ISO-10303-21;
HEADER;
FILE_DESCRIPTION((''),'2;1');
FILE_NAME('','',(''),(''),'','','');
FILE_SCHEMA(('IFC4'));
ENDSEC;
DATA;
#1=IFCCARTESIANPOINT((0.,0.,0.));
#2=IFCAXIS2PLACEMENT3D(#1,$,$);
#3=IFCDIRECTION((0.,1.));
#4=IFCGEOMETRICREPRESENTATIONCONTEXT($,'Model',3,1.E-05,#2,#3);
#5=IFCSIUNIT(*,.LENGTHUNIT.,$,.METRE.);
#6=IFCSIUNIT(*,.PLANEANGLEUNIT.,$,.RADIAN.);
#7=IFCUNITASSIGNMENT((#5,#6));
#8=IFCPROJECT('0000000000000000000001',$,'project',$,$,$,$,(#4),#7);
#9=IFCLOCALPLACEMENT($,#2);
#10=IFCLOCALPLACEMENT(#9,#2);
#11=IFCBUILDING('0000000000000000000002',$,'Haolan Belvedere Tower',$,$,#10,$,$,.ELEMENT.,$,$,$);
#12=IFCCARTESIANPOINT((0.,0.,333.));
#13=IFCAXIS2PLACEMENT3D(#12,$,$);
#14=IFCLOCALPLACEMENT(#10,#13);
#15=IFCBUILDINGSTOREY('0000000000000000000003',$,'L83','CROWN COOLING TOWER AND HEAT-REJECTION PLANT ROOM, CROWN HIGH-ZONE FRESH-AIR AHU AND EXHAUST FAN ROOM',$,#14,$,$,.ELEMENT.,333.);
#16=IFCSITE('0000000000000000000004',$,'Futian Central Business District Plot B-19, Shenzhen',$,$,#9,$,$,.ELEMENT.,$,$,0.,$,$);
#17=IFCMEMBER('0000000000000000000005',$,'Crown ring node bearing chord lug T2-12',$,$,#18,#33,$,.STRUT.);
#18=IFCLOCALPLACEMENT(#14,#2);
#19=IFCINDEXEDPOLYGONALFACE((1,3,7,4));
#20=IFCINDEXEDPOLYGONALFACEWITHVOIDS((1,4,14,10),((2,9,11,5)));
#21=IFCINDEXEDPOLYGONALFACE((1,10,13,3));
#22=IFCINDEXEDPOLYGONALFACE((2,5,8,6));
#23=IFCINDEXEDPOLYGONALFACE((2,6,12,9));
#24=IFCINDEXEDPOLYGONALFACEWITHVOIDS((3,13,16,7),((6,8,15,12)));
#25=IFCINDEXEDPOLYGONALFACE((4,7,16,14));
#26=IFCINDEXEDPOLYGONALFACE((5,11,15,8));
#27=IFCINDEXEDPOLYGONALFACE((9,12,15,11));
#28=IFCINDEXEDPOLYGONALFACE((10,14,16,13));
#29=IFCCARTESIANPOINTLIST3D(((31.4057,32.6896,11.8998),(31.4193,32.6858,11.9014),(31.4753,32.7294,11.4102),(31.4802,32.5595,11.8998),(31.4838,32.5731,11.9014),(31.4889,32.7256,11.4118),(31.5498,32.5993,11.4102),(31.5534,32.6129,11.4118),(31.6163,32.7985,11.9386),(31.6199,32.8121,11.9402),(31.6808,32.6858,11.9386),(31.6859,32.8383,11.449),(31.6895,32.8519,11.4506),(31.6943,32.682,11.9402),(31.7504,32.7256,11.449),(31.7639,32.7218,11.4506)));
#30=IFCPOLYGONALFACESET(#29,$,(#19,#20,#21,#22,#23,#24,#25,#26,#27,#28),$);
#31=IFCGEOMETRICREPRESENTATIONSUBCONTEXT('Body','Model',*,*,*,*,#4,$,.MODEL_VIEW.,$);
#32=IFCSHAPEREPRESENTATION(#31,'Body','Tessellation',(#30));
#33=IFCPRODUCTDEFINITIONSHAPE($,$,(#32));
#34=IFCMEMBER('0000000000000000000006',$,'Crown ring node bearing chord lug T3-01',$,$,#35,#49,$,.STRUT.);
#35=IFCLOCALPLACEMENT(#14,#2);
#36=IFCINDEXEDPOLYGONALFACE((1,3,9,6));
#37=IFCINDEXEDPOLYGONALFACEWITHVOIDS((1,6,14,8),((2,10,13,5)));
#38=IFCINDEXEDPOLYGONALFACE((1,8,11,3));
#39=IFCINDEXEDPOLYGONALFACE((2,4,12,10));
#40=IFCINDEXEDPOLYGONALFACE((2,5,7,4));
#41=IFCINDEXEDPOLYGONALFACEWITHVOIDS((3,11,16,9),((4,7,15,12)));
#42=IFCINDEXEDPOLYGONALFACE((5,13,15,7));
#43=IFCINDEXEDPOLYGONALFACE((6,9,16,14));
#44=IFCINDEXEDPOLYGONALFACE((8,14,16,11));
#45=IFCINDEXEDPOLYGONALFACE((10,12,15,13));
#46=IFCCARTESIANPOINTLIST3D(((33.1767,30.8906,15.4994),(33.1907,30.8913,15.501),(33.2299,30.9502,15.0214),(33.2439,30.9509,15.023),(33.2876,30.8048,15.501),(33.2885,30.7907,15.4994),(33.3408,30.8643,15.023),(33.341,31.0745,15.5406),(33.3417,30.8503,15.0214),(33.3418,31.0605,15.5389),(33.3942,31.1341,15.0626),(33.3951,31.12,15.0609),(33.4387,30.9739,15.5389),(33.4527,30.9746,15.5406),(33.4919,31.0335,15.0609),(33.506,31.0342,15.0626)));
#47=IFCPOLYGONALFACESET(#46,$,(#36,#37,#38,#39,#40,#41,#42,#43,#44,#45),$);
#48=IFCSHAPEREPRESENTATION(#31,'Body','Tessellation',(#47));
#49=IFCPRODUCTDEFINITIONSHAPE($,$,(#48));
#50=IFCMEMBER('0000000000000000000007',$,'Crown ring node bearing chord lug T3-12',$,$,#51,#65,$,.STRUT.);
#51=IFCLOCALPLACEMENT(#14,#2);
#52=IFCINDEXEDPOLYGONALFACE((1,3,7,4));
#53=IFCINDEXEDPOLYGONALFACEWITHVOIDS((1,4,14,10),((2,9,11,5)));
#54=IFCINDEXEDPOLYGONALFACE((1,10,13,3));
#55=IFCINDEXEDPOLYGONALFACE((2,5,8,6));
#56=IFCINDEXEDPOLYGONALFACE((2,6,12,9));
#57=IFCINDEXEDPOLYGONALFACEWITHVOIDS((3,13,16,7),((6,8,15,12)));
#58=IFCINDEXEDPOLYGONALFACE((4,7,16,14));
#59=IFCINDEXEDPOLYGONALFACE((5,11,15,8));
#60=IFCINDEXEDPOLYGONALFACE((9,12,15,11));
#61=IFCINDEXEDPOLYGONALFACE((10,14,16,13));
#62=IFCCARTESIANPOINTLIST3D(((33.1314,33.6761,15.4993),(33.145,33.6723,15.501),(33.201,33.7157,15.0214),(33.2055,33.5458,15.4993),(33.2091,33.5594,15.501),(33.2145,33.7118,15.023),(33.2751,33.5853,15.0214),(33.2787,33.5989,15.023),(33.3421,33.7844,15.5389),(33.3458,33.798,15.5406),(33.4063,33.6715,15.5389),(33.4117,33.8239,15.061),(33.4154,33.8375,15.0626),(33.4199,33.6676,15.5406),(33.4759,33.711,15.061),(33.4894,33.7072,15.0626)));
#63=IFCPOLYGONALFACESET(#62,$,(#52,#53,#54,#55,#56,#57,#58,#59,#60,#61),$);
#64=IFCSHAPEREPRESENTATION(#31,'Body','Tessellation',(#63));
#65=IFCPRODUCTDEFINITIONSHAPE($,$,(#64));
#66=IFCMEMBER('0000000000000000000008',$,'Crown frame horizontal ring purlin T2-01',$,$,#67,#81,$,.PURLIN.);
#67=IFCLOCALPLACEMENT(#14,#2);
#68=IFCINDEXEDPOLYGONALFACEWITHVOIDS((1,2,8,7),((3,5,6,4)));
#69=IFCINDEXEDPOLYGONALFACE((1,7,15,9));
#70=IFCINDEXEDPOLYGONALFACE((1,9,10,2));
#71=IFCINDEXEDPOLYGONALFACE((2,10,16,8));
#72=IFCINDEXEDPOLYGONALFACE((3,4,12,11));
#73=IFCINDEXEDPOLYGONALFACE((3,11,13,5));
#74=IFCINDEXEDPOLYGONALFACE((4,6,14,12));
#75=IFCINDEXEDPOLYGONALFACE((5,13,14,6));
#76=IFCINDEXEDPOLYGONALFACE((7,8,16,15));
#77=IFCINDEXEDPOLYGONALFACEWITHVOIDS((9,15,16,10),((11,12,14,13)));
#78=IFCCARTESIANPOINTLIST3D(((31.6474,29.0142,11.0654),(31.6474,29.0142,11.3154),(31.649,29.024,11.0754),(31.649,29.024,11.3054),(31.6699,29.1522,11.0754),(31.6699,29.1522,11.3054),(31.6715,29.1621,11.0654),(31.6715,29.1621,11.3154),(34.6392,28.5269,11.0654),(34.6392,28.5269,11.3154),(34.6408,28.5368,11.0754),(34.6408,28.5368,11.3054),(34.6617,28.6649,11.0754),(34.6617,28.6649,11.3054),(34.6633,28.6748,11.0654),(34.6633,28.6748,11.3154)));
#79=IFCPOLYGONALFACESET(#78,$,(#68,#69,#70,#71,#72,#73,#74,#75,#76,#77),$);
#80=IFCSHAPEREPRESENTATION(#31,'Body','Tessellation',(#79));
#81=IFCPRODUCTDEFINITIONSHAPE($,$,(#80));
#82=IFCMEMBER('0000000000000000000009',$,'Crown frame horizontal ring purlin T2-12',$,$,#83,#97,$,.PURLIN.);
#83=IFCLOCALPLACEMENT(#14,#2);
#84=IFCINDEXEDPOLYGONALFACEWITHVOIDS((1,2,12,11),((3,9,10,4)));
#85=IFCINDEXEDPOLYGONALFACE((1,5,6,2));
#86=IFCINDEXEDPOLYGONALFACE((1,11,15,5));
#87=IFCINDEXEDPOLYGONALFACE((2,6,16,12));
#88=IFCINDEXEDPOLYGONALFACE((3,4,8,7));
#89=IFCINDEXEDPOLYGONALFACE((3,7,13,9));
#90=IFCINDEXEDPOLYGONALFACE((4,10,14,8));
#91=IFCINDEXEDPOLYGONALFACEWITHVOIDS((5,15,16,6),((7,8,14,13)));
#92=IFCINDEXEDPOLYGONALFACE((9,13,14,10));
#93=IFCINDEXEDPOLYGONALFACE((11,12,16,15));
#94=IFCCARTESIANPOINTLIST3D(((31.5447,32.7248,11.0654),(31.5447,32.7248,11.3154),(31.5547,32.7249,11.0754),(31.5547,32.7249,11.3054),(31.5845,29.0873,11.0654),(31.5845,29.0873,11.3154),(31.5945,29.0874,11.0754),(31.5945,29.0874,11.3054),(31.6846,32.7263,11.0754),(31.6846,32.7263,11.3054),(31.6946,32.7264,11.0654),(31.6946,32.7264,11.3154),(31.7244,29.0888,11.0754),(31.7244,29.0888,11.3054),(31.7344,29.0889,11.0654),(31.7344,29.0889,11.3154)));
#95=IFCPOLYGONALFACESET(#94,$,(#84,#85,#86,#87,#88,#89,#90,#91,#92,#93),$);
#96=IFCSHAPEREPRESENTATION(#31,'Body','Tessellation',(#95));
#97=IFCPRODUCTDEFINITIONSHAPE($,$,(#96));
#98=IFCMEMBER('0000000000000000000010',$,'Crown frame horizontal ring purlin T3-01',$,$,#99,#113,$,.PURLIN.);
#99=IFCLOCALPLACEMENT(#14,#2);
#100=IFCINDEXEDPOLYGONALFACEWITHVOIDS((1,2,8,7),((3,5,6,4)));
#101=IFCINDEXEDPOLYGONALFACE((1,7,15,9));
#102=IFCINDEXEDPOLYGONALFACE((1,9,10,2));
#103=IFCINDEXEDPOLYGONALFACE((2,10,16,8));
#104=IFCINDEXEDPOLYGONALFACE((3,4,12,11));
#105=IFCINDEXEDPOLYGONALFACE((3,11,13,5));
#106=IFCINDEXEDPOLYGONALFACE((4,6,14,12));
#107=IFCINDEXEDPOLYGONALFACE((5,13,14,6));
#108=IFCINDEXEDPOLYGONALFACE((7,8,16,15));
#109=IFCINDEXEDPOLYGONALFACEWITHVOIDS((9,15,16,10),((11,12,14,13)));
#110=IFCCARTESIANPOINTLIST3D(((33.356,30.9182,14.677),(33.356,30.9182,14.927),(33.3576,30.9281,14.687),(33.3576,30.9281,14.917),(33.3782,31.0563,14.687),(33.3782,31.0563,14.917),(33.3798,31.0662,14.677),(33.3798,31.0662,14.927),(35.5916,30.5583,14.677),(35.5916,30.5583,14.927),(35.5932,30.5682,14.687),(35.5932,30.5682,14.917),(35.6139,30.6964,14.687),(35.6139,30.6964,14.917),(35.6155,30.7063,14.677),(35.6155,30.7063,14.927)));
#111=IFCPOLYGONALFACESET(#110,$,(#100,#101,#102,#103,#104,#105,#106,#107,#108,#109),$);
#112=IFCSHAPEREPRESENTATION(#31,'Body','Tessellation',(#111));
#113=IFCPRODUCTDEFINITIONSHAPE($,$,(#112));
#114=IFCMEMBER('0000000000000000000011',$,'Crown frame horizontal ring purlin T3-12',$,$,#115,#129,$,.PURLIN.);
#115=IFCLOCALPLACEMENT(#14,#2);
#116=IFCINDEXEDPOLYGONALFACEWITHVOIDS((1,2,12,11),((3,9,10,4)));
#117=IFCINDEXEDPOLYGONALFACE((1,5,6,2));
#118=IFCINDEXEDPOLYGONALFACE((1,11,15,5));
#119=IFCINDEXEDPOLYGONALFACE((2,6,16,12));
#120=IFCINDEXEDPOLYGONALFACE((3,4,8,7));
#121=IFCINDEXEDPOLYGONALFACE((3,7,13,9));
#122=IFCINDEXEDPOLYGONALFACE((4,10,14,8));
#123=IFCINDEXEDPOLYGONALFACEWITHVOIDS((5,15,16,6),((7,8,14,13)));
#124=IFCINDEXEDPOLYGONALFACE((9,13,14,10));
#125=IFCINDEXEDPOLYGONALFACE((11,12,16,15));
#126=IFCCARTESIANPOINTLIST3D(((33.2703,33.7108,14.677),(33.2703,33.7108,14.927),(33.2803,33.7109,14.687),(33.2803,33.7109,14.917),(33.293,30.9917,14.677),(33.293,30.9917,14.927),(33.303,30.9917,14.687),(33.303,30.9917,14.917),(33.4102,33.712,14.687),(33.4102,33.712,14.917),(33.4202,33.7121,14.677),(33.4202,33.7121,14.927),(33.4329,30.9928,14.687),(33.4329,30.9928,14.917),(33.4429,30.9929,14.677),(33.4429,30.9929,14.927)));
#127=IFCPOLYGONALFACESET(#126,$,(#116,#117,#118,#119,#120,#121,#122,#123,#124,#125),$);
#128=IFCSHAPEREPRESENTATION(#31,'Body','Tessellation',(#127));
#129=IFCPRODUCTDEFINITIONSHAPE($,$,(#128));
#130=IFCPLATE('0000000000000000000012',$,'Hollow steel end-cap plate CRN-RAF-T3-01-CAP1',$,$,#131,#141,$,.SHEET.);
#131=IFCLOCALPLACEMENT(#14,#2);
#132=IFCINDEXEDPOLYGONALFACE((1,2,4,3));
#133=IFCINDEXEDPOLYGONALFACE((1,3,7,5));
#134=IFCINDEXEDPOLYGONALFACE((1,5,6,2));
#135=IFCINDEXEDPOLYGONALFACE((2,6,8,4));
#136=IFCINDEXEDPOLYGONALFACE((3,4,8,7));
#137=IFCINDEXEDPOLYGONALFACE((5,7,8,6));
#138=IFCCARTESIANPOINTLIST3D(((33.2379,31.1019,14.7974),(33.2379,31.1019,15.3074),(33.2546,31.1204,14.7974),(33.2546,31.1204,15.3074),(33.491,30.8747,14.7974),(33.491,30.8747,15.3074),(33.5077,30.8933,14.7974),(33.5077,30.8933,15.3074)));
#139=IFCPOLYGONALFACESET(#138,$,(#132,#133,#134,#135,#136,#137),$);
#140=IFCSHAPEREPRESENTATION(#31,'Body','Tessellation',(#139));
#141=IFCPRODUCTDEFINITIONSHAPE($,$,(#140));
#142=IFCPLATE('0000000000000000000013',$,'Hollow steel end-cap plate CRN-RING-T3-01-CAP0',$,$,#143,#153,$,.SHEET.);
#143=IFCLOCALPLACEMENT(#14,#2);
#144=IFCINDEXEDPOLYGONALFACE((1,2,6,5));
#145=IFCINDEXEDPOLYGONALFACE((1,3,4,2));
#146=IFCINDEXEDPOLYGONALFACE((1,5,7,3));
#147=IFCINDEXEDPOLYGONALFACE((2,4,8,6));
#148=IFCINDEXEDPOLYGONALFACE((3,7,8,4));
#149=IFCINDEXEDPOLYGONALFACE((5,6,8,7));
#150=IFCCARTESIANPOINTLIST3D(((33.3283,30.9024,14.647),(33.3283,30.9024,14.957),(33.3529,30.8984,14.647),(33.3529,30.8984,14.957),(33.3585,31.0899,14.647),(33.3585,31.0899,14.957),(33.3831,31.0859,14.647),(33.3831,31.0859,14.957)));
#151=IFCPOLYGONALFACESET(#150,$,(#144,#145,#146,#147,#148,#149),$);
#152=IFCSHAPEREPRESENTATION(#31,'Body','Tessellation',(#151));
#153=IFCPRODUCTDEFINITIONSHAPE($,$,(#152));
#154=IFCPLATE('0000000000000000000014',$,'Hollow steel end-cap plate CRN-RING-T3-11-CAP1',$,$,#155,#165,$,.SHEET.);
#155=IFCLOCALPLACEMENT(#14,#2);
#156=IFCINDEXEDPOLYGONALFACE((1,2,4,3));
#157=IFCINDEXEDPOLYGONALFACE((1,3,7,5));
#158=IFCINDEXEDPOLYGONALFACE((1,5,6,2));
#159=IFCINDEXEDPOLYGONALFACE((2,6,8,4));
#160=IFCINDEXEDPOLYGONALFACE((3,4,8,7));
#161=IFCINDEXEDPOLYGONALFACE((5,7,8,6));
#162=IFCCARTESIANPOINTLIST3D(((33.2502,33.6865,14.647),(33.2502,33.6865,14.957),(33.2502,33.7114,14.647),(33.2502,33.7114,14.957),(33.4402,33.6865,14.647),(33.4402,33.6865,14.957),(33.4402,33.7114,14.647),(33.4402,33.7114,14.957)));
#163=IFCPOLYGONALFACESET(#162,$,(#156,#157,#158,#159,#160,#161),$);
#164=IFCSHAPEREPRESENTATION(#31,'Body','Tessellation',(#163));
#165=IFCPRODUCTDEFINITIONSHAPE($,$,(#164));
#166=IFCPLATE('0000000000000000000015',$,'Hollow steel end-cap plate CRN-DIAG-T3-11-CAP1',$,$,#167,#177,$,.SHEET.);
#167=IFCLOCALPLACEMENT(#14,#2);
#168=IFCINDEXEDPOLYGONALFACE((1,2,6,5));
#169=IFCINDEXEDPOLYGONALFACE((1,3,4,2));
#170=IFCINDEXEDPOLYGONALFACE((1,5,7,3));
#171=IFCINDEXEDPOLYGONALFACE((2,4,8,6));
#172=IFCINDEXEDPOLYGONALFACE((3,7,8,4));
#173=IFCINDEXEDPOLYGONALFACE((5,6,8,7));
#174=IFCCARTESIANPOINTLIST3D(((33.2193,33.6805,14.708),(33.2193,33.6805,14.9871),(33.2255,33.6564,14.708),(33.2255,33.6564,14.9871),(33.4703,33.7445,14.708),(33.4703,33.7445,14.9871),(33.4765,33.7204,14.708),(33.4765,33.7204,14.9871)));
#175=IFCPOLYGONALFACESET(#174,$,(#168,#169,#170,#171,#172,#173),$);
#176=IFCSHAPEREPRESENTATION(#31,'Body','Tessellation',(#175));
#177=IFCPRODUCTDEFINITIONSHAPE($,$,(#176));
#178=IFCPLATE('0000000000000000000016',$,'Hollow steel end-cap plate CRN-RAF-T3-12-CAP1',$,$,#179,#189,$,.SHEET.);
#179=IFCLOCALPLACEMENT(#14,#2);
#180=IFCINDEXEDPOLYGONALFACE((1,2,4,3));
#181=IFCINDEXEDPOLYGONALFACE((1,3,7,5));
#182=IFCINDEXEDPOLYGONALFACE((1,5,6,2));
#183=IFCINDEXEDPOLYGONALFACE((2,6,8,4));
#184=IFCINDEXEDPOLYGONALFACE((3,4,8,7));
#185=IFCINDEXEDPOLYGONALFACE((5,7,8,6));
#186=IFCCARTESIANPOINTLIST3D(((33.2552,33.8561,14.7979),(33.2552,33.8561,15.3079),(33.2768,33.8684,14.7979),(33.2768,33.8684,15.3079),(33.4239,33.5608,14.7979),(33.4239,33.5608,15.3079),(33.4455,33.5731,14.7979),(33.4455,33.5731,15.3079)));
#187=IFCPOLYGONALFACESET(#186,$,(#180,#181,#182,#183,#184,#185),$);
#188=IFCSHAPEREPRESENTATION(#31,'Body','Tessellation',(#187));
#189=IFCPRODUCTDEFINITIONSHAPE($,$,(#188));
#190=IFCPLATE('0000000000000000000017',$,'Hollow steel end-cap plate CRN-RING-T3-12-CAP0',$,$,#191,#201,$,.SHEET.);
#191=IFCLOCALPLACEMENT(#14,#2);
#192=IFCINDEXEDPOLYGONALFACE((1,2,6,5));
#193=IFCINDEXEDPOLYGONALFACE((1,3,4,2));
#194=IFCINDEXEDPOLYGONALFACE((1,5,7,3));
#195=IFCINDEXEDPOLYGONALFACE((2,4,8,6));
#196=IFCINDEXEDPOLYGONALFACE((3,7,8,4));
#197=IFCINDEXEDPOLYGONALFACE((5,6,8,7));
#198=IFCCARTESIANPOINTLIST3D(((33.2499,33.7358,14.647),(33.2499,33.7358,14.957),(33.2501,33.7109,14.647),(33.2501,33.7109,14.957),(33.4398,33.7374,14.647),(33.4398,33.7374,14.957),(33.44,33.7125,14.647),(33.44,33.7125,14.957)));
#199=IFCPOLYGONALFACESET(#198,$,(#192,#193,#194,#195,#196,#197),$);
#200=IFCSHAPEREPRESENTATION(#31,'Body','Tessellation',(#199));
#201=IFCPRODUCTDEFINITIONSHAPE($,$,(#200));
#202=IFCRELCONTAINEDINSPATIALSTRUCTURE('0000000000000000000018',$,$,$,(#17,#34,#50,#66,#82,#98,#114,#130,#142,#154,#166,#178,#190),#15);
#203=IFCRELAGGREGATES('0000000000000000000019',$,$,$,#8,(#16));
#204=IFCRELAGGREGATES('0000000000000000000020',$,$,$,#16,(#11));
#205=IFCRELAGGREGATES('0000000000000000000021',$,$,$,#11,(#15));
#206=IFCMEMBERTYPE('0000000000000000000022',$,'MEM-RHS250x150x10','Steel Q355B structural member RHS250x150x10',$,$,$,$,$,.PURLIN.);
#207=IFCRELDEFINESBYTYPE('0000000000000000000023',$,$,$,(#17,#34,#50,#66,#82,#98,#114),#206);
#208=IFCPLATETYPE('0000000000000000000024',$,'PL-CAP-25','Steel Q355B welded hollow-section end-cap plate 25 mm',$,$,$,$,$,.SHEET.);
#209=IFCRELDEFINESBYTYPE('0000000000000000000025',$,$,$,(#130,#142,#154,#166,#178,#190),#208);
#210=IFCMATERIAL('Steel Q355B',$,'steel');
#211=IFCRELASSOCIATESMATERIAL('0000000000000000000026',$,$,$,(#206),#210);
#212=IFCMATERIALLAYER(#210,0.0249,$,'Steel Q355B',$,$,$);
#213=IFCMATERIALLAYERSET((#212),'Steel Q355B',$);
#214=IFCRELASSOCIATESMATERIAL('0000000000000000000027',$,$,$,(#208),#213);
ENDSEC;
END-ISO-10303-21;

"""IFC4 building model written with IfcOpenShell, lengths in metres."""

from ifc_helpers import new_model, si_unit, direction, frame, origin, origin_2d, place, context, subcontext, project, spatial, rectangle, hollow_rectangle, extrude, material, layer, layer_set, material_profile, profile_set, type_object, element, save


model = new_model("IFC4")

# Units and contexts
model_context = context("Model", 3, precision=1e-05, world=origin(), true_north=direction((0.0, 1.0)))
body_context = subcontext(model_context, "Body", "Model", "MODEL_VIEW")
ifc_project = project(units=[si_unit("LENGTHUNIT", "METRE"), si_unit("PLANEANGLEUNIT", "RADIAN")], contexts=[model_context])

# Site, building, storey
site_placement = place(None, origin())
site = spatial("IfcSite", under=ifc_project, at=site_placement, Name="Futian Central Business District Plot B-19, Shenzhen", CompositionType="ELEMENT", RefElevation=0.0)
building_placement = place(site_placement, origin())
building = spatial("IfcBuilding", under=site, at=building_placement, Name="Haolan Belvedere Tower", CompositionType="ELEMENT")
storey_placement = place(building_placement, frame((0.0, 0.0, 333.0)))
storey = spatial("IfcBuildingStorey", under=building, at=storey_placement, Name="L83", Description="CROWN COOLING TOWER AND HEAT-REJECTION PLANT ROOM, CROWN HIGH-ZONE FRESH-AIR AHU AND EXHAUST FAN ROOM", CompositionType="ELEMENT", Elevation=333.0)

# Members
ifc_material_1 = material(Name="Steel Q355B", Category="steel")
ifc_material_profile_1 = material_profile(ifc_material_1, hollow_rectangle(XDim=0.1499, YDim=0.25, WallThickness=0.01, at=origin_2d()), Name="Steel Q355B")
ifc_profile_set_1 = profile_set([ifc_material_profile_1], Name="Steel Q355B")
member_type_1 = type_object("IfcMemberType", Name="MEM-RHS250x150x10", Description="Steel Q355B structural member RHS250x150x10", PredefinedType="PURLIN", material=ifc_profile_set_1)
member_1_placement = place(storey_placement, frame((31.6196, 32.7256, 11.4304), z_axis=(-0.140276, -0.080228, 0.986857), x_axis=(0.496467, -0.868056, 0.0)))
element("IfcMember", 1, at=member_1_placement, inside=storey, type_object=member_type_1, Name="Crown ring node bearing chord lug T2-12", PredefinedType="STRUT", context=body_context, shape_type="SweptSolid", body=[
    extrude(hollow_rectangle(XDim=0.1499, YDim=0.25, WallThickness=0.01, at=origin_2d()), origin(), (0.0, 0.0, 1.0), 0.4961),
])
for number, where, z_axis, x_axis, name in (
    (2, (33.3679, 30.9922, 15.042), (-0.109815, -0.122913, 0.986323), (0.745721, -0.666259, 0.0), "Crown ring node bearing chord lug T3-01"),
    (3, (33.3452, 33.7114, 15.042), (-0.143558, -0.081602, 0.986272), (0.494167, -0.869367, 0.0), "Crown ring node bearing chord lug T3-12"),
):
    element("IfcMember", number, at=place(storey_placement, frame(where, z_axis=z_axis, x_axis=x_axis)), inside=storey, type_object=member_type_1, Name=name, PredefinedType="STRUT", context=body_context, shape_type="SweptSolid", body=[
        extrude(hollow_rectangle(XDim=0.1499, YDim=0.25, WallThickness=0.01, at=origin_2d()), origin(), (0.0, 0.0, 1.0), 0.4846),
    ])
member_2_placement = place(storey_placement, frame((31.6594, 29.0881, 11.1904), z_axis=(0.986994, -0.160754, 0.0), x_axis=(0.160754, 0.986994, 0.0)))
element("IfcMember", 4, at=member_2_placement, inside=storey, type_object=member_type_1, Name="Crown frame horizontal ring purlin T2-01", PredefinedType="PURLIN", context=body_context, shape_type="SweptSolid", body=[
    extrude(hollow_rectangle(XDim=0.1499, YDim=0.25, WallThickness=0.01, at=origin_2d()), origin(), (0.0, 0.0, 1.0), 3.0312),
])
member_3_placement = place(storey_placement, frame((31.6196, 32.7256, 11.1904), z_axis=(0.01094, -0.99994, 0.0), x_axis=(0.99994, 0.01094, 0.0)))
element("IfcMember", 5, at=member_3_placement, inside=storey, type_object=member_type_1, Name="Crown frame horizontal ring purlin T2-12", PredefinedType="PURLIN", context=body_context, shape_type="SweptSolid", body=[
    extrude(hollow_rectangle(XDim=0.1499, YDim=0.25, WallThickness=0.01, at=origin_2d()), origin(), (0.0, 0.0, 1.0), 3.6377),
])
member_4_placement = place(storey_placement, frame((33.3679, 30.9922, 14.802), z_axis=(0.987291, -0.158924, 0.0), x_axis=(0.158924, 0.987291, 0.0)))
element("IfcMember", 6, at=member_4_placement, inside=storey, type_object=member_type_1, Name="Crown frame horizontal ring purlin T3-01", PredefinedType="PURLIN", context=body_context, shape_type="SweptSolid", body=[
    extrude(hollow_rectangle(XDim=0.1499, YDim=0.25, WallThickness=0.01, at=origin_2d()), origin(), (0.0, 0.0, 1.0), 2.2644),
])
member_5_placement = place(storey_placement, frame((33.3452, 33.7114, 14.802), z_axis=(0.00835, -0.999965, 0.0), x_axis=(0.999965, 0.00835, 0.0)))
element("IfcMember", 7, at=member_5_placement, inside=storey, type_object=member_type_1, Name="Crown frame horizontal ring purlin T3-12", PredefinedType="PURLIN", context=body_context, shape_type="SweptSolid", body=[
    extrude(hollow_rectangle(XDim=0.1499, YDim=0.25, WallThickness=0.01, at=origin_2d()), origin(), (0.0, 0.0, 1.0), 2.7192),
])

# Plates
ifc_layer_1 = layer(ifc_material_1, 0.0249, Name="Steel Q355B")
ifc_layer_set_1 = layer_set([ifc_layer_1], Name="Steel Q355B")
plate_type = type_object("IfcPlateType", Name="PL-CAP-25", Description="Steel Q355B welded hollow-section end-cap plate 25 mm", PredefinedType="SHEET", material=ifc_layer_set_1)
plate_1_placement = place(storey_placement, frame((33.3728, 30.9976, 14.7974), z_axis=(0.0, 0.0, 1.0), x_axis=(-0.744288, 0.667859, 0.0)))
element("IfcPlate", 8, at=plate_1_placement, inside=storey, type_object=plate_type, Name="Hollow steel end-cap plate CRN-RAF-T3-01-CAP1", PredefinedType="SHEET", context=body_context, shape_type="SweptSolid", body=[
    extrude(rectangle(XDim=0.3401, YDim=0.0249, at=origin_2d()), origin(), (0.0, 0.0, 1.0), 0.51),
])
for number, where, z_axis, x_axis, name in (
    (9, (33.3557, 30.9941, 14.647), (0.0, 0.0, 1.0), (-0.158951, -0.987287, 0.0), "Hollow steel end-cap plate CRN-RING-T3-01-CAP0"),
    (10, (33.3452, 33.699, 14.647), (0.0, 0.0, 1.0), (1.0, 0.0, 0.0), "Hollow steel end-cap plate CRN-RING-T3-11-CAP1"),
):
    element("IfcPlate", number, at=place(storey_placement, frame(where, z_axis=z_axis, x_axis=x_axis)), inside=storey, type_object=plate_type, Name=name, PredefinedType="SHEET", context=body_context, shape_type="SweptSolid", body=[
        extrude(rectangle(XDim=0.1899, YDim=0.0249, at=origin_2d()), origin(), (0.0, 0.0, 1.0), 0.3101),
    ])
plate_2_placement = place(storey_placement, frame((33.3479, 33.7004, 14.708), z_axis=(0.0, 0.0, 1.0), x_axis=(0.96896, 0.247219, 0.0)))
element("IfcPlate", 11, at=plate_2_placement, inside=storey, type_object=plate_type, Name="Hollow steel end-cap plate CRN-DIAG-T3-11-CAP1", PredefinedType="SHEET", context=body_context, shape_type="SweptSolid", body=[
    extrude(rectangle(XDim=0.259, YDim=0.0249, at=origin_2d()), origin(), (0.0, 0.0, 1.0), 0.2791),
])
plate_3_placement = place(storey_placement, frame((33.3503, 33.7146, 14.7979), z_axis=(0.0, 0.0, 1.0), x_axis=(-0.496141, 0.868242, 0.0)))
element("IfcPlate", 12, at=plate_3_placement, inside=storey, type_object=plate_type, Name="Hollow steel end-cap plate CRN-RAF-T3-12-CAP1", PredefinedType="SHEET", context=body_context, shape_type="SweptSolid", body=[
    extrude(rectangle(XDim=0.3401, YDim=0.0249, at=origin_2d()), origin(), (0.0, 0.0, 1.0), 0.51),
])
for number, where, z_axis, x_axis, name in (
    (13, (33.345, 33.7241, 14.647), (0.0, 0.0, 1.0), (-0.999965, -0.008412, 0.0), "Hollow steel end-cap plate CRN-RING-T3-12-CAP0"),
):
    element("IfcPlate", number, at=place(storey_placement, frame(where, z_axis=z_axis, x_axis=x_axis)), inside=storey, type_object=plate_type, Name=name, PredefinedType="SHEET", context=body_context, shape_type="SweptSolid", body=[
        extrude(rectangle(XDim=0.1899, YDim=0.0249, at=origin_2d()), origin(), (0.0, 0.0, 1.0), 0.3101),
    ])

save(model, "model.ifc")
